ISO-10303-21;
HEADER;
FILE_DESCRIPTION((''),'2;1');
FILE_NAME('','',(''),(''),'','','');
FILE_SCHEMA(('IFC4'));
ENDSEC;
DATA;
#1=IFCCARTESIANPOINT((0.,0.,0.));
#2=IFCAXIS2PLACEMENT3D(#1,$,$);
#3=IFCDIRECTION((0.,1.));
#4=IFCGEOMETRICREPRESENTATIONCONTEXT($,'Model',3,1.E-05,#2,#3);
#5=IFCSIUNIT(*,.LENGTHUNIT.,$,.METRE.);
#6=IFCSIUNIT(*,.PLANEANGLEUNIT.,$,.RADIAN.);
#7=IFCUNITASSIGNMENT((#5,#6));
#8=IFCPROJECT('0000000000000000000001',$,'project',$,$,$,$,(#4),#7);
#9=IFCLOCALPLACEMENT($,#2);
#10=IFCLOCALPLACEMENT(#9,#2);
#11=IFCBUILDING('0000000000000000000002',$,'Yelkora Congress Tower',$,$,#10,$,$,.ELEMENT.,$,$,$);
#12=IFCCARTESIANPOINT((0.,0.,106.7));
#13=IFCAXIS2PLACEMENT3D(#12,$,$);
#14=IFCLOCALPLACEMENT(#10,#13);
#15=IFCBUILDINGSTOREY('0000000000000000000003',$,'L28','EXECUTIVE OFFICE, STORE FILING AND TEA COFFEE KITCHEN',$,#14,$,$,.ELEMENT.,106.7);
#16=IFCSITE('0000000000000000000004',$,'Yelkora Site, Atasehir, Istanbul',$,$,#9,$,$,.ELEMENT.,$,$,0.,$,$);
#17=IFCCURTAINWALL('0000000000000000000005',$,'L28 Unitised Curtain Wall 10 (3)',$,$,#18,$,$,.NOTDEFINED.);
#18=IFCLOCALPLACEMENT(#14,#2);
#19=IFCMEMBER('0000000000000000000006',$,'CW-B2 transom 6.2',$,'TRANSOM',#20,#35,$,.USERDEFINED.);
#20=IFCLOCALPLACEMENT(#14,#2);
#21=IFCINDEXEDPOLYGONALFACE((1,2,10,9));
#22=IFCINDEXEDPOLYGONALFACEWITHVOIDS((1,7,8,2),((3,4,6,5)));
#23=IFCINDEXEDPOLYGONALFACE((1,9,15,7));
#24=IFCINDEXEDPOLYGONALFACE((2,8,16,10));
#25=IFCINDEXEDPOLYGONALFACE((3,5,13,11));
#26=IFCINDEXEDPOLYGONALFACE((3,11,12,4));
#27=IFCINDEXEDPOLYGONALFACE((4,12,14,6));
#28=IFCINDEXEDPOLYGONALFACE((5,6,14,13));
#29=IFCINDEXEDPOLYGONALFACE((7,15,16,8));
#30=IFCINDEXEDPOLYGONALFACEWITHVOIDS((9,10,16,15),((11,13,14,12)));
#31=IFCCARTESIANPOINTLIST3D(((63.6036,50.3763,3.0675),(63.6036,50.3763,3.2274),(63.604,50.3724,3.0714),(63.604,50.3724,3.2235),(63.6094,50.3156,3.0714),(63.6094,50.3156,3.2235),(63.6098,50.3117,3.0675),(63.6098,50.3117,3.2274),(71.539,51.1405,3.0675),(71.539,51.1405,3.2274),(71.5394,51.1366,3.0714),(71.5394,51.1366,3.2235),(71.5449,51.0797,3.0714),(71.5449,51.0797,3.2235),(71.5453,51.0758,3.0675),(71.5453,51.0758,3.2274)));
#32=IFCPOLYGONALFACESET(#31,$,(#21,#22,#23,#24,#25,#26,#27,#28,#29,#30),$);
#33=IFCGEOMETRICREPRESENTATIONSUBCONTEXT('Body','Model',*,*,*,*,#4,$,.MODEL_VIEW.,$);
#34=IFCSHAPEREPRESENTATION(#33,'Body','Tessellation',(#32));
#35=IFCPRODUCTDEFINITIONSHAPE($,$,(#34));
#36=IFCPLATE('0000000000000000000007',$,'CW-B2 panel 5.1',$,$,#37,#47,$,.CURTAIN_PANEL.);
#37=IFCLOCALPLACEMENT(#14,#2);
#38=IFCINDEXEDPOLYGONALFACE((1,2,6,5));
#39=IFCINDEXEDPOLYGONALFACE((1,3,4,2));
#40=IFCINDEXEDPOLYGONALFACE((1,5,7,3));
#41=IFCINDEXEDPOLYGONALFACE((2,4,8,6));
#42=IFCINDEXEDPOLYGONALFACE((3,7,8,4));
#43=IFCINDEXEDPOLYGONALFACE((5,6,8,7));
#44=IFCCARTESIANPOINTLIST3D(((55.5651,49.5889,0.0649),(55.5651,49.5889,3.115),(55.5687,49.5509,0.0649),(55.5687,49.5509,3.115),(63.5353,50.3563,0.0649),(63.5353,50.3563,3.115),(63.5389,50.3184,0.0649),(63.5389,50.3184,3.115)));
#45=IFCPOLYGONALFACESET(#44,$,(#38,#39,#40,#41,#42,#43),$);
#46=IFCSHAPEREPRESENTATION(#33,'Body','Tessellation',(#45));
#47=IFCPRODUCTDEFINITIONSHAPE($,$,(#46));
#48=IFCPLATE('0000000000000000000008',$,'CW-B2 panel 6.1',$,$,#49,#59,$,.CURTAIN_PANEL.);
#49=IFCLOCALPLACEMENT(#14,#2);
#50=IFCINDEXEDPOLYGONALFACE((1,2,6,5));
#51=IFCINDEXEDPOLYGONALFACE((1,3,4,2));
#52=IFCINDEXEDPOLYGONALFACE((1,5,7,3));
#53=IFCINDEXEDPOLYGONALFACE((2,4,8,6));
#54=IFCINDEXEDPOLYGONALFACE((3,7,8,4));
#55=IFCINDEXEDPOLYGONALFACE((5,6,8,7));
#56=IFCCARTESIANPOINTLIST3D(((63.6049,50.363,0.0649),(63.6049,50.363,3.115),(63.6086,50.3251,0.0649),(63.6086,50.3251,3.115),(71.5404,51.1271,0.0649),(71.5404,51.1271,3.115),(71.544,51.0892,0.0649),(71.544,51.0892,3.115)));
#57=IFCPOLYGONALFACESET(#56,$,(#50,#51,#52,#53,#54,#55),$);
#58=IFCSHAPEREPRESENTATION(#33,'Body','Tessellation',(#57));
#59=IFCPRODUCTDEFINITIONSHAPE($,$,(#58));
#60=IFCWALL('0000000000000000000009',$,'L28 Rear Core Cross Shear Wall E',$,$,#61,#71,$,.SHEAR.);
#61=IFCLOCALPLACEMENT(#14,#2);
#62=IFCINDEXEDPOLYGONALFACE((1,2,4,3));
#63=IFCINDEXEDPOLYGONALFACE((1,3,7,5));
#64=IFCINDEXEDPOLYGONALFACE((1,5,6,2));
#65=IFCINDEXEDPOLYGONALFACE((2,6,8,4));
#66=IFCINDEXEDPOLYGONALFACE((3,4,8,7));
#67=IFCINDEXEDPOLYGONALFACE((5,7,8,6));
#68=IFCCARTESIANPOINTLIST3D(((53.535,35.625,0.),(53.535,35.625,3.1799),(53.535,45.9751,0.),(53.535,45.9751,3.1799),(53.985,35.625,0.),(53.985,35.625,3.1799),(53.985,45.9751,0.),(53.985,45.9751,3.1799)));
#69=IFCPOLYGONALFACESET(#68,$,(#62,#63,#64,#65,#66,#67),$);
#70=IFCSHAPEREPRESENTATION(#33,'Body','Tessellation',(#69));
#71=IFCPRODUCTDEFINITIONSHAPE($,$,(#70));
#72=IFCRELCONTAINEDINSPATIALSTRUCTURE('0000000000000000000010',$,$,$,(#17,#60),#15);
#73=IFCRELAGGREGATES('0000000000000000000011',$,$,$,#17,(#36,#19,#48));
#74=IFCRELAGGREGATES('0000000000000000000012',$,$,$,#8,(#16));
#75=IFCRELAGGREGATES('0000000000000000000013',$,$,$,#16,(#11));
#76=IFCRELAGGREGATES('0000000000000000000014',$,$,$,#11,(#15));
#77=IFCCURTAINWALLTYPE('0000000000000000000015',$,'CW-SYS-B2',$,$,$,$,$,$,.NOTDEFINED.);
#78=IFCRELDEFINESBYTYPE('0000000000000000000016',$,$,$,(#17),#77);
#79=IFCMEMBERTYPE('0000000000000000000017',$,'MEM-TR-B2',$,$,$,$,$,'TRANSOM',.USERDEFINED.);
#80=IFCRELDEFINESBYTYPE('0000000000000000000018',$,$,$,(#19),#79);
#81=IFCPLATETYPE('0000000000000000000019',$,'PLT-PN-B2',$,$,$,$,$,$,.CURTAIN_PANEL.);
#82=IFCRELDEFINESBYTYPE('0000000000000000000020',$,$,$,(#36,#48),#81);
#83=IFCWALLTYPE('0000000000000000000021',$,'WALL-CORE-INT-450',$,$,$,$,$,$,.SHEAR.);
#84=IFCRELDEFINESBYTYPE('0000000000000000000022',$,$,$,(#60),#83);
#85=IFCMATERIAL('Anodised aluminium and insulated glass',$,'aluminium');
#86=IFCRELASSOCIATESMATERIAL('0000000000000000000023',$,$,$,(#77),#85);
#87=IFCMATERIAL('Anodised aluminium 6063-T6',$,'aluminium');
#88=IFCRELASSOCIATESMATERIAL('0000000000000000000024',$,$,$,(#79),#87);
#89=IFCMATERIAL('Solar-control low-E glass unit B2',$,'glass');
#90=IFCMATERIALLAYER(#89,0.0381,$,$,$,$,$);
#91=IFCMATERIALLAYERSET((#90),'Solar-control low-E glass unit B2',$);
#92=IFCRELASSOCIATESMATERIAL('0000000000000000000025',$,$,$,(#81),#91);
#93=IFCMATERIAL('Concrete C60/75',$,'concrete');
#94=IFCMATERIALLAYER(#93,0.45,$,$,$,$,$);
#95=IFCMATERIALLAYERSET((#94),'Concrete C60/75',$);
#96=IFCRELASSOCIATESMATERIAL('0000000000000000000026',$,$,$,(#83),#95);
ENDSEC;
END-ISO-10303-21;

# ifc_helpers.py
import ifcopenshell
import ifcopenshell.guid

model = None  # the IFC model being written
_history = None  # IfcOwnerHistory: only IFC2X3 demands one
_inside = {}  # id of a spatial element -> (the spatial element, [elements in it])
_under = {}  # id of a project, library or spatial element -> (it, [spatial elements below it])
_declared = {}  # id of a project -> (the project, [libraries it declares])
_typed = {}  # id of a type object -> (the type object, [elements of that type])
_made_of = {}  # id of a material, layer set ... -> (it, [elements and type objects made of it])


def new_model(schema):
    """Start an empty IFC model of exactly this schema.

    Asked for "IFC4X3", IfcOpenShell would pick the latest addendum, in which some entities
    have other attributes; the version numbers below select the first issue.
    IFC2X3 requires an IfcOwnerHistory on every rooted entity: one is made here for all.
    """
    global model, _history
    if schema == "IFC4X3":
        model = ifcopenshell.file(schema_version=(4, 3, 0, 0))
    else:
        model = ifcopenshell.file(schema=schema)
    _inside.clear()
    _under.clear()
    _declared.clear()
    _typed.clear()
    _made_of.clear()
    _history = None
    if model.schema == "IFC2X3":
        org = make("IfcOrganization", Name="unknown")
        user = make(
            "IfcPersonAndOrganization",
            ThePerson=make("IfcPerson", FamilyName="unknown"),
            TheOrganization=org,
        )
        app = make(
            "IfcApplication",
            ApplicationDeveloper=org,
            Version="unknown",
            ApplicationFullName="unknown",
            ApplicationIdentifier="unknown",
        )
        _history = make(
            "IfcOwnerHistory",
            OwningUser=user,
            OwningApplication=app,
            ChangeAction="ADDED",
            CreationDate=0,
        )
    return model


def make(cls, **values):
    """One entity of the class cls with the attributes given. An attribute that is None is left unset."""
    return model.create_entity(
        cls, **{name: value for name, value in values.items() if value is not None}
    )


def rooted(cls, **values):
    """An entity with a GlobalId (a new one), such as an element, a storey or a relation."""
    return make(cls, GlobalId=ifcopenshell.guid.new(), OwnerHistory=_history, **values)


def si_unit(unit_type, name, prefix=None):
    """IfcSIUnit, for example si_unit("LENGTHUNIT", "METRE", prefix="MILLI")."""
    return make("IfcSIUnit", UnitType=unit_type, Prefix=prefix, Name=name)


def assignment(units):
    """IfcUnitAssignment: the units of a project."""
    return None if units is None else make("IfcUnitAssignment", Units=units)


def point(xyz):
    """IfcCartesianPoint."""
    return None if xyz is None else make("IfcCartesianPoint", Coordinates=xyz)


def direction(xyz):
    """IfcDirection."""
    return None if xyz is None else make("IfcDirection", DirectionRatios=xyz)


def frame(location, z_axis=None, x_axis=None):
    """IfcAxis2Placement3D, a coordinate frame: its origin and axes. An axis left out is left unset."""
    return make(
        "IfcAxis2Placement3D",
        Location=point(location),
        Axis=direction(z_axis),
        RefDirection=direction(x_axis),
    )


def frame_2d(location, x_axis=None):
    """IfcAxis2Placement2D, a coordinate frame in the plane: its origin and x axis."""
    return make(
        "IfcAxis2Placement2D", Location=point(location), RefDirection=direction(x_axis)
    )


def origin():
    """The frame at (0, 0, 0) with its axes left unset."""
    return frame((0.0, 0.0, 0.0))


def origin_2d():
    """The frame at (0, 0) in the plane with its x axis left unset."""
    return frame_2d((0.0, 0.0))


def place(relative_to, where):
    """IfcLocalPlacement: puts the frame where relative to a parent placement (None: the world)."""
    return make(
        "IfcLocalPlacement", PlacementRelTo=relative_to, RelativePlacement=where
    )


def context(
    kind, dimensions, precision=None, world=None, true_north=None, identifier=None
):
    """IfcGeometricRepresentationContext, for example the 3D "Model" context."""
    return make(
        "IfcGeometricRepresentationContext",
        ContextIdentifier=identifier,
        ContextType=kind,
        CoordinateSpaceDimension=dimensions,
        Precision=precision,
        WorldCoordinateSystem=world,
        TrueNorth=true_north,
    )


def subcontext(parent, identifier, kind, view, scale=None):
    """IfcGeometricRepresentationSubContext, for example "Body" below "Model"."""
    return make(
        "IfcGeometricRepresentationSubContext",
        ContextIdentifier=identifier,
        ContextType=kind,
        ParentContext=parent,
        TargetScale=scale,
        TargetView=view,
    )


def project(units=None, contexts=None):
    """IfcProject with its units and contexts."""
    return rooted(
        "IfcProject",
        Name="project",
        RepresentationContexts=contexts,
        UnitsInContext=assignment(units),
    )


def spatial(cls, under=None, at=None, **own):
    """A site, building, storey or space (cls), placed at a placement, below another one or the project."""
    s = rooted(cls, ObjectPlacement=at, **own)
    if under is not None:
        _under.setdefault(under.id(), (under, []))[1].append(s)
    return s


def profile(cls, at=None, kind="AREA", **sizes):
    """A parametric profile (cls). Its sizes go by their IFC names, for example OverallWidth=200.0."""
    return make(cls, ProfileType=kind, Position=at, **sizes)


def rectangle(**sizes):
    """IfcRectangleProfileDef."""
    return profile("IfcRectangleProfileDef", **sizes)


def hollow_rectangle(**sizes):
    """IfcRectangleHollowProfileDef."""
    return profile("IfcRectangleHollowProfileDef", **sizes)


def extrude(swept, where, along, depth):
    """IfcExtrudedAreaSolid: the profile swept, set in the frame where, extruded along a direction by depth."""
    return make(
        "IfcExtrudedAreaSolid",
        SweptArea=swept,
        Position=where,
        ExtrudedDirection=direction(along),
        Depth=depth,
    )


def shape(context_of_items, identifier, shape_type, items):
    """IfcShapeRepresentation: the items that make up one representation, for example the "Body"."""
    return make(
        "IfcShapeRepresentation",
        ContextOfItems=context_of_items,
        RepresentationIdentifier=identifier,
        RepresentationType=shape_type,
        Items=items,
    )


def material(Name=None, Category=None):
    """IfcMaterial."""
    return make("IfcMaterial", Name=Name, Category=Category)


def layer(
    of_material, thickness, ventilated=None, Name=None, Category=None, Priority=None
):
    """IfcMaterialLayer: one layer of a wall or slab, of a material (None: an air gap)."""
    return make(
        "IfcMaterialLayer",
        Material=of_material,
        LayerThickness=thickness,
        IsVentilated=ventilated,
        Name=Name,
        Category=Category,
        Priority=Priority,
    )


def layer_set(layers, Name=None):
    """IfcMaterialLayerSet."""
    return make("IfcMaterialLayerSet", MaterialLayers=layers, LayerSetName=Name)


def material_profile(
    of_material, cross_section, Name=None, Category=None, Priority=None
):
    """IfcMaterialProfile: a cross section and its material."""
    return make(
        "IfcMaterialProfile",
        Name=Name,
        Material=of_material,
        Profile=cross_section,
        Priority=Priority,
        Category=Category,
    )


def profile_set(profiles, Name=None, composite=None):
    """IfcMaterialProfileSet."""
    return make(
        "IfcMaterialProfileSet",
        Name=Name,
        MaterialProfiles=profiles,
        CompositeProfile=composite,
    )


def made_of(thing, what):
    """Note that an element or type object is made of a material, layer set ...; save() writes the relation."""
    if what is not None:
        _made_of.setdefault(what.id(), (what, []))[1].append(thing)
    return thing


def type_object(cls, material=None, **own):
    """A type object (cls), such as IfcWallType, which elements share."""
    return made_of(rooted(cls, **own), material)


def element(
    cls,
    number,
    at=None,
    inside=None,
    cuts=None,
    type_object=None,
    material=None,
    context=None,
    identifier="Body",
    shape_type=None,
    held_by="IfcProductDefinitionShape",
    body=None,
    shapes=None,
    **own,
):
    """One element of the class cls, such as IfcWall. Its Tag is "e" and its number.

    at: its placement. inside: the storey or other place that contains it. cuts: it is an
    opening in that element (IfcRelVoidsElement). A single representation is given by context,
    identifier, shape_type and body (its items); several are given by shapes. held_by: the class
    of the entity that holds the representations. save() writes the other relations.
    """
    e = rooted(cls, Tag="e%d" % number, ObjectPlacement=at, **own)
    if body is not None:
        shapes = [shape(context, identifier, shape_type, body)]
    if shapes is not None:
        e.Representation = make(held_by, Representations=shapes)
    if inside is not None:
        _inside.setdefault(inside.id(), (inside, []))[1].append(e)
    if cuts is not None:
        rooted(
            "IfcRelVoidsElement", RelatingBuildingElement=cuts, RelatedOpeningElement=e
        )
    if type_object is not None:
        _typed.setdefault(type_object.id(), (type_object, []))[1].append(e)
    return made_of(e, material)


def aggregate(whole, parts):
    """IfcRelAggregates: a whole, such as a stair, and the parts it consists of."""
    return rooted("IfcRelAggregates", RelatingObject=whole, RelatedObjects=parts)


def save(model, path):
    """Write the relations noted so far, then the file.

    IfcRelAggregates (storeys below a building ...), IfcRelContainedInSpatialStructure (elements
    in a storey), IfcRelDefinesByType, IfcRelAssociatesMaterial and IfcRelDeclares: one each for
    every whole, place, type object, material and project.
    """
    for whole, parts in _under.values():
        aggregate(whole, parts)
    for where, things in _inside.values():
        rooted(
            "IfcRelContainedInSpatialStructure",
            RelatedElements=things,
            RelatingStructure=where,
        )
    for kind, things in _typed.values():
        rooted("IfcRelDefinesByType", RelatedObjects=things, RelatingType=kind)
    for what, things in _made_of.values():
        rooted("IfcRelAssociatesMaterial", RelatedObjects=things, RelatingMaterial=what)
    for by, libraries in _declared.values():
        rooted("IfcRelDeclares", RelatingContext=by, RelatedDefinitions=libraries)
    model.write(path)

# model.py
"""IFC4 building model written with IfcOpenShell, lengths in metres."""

from ifc_helpers import new_model, si_unit, direction, frame, frame_2d, origin, origin_2d, place, context, subcontext, project, spatial, rectangle, hollow_rectangle, extrude, material, layer, layer_set, material_profile, profile_set, type_object, element, aggregate, save


model = new_model("IFC4")

# Units and contexts
model_context = context("Model", 3, precision=1e-05, world=origin(), true_north=direction((0.0, 1.0)))
body_context = subcontext(model_context, "Body", "Model", "MODEL_VIEW")
ifc_project = project(units=[si_unit("LENGTHUNIT", "METRE"), si_unit("PLANEANGLEUNIT", "RADIAN")], contexts=[model_context])

# Site, building, storey
site_placement = place(None, origin())
site = spatial("IfcSite", under=ifc_project, at=site_placement, Name="Yelkora Site, Atasehir, Istanbul", CompositionType="ELEMENT", RefElevation=0.0)
building_placement = place(site_placement, origin())
building = spatial("IfcBuilding", under=site, at=building_placement, Name="Yelkora Congress Tower", CompositionType="ELEMENT")
storey_placement = place(building_placement, frame((0.0, 0.0, 106.7)))
storey = spatial("IfcBuildingStorey", under=building, at=storey_placement, Name="L28", Description="EXECUTIVE OFFICE, STORE FILING AND TEA COFFEE KITCHEN", CompositionType="ELEMENT", Elevation=106.7)

# Curtain wall, member, plates
ifc_material_1 = material(Name="Anodised aluminium and insulated glass", Category="aluminium")
curtain_wall_type = type_object("IfcCurtainWallType", Name="CW-SYS-B2", PredefinedType="NOTDEFINED", material=ifc_material_1)
curtain_wall_placement = place(storey_placement, origin())
curtain_wall = element("IfcCurtainWall", 1, at=curtain_wall_placement, inside=storey, type_object=curtain_wall_type, Name="L28 Unitised Curtain Wall 10 (3)", PredefinedType="NOTDEFINED")
ifc_material_2 = material(Name="Anodised aluminium 6063-T6", Category="aluminium")
ifc_material_profile_1 = material_profile(ifc_material_2, hollow_rectangle(XDim=0.0649, YDim=0.1599, WallThickness=0.0039, at=origin_2d()), Name="ALU 65x160x4")
ifc_profile_set_1 = profile_set([ifc_material_profile_1], Name="Anodised aluminium 6063-T6")
member_type_1 = type_object("IfcMemberType", Name="MEM-TR-B2", ElementType="TRANSOM", PredefinedType="USERDEFINED", material=ifc_profile_set_1)
member_1_placement = place(storey_placement, frame((63.6067, 50.344, 3.1475), z_axis=(0.995396, 0.095852, 0.0), x_axis=(-0.095852, 0.995396, 0.0)))
member_1 = element("IfcMember", 2, at=member_1_placement, type_object=member_type_1, Name="CW-B2 transom 6.2", ObjectType="TRANSOM", PredefinedType="USERDEFINED", context=body_context, shape_type="SweptSolid", body=[
    extrude(hollow_rectangle(XDim=0.0649, YDim=0.1599, WallThickness=0.0039, at=origin_2d()), origin(), (0.0, 0.0, 1.0), 7.9722),
])
ifc_material_3 = material(Name="Solar-control low-E glass unit B2", Category="glass")
ifc_layer_1 = layer(ifc_material_3, 0.0381)
ifc_layer_set_1 = layer_set([ifc_layer_1], Name="Solar-control low-E glass unit B2")
plate_type = type_object("IfcPlateType", Name="PLT-PN-B2", PredefinedType="CURTAIN_PANEL", material=ifc_layer_set_1)
plate_1_placement = place(storey_placement, frame((59.552, 49.9536, 0.0649), z_axis=(0.0, 0.0, 1.0), x_axis=(0.995396, 0.095844, 0.0)))
plate_1 = element("IfcPlate", 3, at=plate_1_placement, type_object=plate_type, Name="CW-B2 panel 5.1", PredefinedType="CURTAIN_PANEL", context=body_context, shape_type="SweptSolid", body=[
    extrude(rectangle(XDim=8.0071, YDim=0.0381, at=origin_2d()), origin(), (0.0, 0.0, 1.0), 3.05),
])
plate_2_placement = place(storey_placement, frame((67.5745, 50.7261, 0.0649), z_axis=(0.0, 0.0, 1.0), x_axis=(0.995396, 0.095844, 0.0)))
plate_2 = element("IfcPlate", 4, at=plate_2_placement, type_object=plate_type, Name="CW-B2 panel 6.1", PredefinedType="CURTAIN_PANEL", context=body_context, shape_type="SweptSolid", body=[
    extrude(rectangle(XDim=7.9722, YDim=0.0381, at=origin_2d()), origin(), (0.0, 0.0, 1.0), 3.05),
])
aggregate(curtain_wall, [plate_1, member_1, plate_2])

# Wall
ifc_material_4 = material(Name="Concrete C60/75", Category="concrete")
ifc_layer_2 = layer(ifc_material_4, 0.45)
ifc_layer_set_2 = layer_set([ifc_layer_2], Name="Concrete C60/75")
wall_type = type_object("IfcWallType", Name="WALL-CORE-INT-450", PredefinedType="SHEAR", material=ifc_layer_set_2)
wall_placement = place(storey_placement, frame((53.76, 35.625, 0.0), z_axis=(0.0, 0.0, 1.0), x_axis=(0.0, 1.0, 0.0)))
element("IfcWall", 5, at=wall_placement, inside=storey, type_object=wall_type, Name="L28 Rear Core Cross Shear Wall E", PredefinedType="SHEAR", context=body_context, shape_type="SweptSolid", body=[
    extrude(rectangle(XDim=10.3501, YDim=0.45, at=frame_2d((5.175, 0.0))), origin(), (0.0, 0.0, 1.0), 3.1799),
])

save(model, "model.ifc")
